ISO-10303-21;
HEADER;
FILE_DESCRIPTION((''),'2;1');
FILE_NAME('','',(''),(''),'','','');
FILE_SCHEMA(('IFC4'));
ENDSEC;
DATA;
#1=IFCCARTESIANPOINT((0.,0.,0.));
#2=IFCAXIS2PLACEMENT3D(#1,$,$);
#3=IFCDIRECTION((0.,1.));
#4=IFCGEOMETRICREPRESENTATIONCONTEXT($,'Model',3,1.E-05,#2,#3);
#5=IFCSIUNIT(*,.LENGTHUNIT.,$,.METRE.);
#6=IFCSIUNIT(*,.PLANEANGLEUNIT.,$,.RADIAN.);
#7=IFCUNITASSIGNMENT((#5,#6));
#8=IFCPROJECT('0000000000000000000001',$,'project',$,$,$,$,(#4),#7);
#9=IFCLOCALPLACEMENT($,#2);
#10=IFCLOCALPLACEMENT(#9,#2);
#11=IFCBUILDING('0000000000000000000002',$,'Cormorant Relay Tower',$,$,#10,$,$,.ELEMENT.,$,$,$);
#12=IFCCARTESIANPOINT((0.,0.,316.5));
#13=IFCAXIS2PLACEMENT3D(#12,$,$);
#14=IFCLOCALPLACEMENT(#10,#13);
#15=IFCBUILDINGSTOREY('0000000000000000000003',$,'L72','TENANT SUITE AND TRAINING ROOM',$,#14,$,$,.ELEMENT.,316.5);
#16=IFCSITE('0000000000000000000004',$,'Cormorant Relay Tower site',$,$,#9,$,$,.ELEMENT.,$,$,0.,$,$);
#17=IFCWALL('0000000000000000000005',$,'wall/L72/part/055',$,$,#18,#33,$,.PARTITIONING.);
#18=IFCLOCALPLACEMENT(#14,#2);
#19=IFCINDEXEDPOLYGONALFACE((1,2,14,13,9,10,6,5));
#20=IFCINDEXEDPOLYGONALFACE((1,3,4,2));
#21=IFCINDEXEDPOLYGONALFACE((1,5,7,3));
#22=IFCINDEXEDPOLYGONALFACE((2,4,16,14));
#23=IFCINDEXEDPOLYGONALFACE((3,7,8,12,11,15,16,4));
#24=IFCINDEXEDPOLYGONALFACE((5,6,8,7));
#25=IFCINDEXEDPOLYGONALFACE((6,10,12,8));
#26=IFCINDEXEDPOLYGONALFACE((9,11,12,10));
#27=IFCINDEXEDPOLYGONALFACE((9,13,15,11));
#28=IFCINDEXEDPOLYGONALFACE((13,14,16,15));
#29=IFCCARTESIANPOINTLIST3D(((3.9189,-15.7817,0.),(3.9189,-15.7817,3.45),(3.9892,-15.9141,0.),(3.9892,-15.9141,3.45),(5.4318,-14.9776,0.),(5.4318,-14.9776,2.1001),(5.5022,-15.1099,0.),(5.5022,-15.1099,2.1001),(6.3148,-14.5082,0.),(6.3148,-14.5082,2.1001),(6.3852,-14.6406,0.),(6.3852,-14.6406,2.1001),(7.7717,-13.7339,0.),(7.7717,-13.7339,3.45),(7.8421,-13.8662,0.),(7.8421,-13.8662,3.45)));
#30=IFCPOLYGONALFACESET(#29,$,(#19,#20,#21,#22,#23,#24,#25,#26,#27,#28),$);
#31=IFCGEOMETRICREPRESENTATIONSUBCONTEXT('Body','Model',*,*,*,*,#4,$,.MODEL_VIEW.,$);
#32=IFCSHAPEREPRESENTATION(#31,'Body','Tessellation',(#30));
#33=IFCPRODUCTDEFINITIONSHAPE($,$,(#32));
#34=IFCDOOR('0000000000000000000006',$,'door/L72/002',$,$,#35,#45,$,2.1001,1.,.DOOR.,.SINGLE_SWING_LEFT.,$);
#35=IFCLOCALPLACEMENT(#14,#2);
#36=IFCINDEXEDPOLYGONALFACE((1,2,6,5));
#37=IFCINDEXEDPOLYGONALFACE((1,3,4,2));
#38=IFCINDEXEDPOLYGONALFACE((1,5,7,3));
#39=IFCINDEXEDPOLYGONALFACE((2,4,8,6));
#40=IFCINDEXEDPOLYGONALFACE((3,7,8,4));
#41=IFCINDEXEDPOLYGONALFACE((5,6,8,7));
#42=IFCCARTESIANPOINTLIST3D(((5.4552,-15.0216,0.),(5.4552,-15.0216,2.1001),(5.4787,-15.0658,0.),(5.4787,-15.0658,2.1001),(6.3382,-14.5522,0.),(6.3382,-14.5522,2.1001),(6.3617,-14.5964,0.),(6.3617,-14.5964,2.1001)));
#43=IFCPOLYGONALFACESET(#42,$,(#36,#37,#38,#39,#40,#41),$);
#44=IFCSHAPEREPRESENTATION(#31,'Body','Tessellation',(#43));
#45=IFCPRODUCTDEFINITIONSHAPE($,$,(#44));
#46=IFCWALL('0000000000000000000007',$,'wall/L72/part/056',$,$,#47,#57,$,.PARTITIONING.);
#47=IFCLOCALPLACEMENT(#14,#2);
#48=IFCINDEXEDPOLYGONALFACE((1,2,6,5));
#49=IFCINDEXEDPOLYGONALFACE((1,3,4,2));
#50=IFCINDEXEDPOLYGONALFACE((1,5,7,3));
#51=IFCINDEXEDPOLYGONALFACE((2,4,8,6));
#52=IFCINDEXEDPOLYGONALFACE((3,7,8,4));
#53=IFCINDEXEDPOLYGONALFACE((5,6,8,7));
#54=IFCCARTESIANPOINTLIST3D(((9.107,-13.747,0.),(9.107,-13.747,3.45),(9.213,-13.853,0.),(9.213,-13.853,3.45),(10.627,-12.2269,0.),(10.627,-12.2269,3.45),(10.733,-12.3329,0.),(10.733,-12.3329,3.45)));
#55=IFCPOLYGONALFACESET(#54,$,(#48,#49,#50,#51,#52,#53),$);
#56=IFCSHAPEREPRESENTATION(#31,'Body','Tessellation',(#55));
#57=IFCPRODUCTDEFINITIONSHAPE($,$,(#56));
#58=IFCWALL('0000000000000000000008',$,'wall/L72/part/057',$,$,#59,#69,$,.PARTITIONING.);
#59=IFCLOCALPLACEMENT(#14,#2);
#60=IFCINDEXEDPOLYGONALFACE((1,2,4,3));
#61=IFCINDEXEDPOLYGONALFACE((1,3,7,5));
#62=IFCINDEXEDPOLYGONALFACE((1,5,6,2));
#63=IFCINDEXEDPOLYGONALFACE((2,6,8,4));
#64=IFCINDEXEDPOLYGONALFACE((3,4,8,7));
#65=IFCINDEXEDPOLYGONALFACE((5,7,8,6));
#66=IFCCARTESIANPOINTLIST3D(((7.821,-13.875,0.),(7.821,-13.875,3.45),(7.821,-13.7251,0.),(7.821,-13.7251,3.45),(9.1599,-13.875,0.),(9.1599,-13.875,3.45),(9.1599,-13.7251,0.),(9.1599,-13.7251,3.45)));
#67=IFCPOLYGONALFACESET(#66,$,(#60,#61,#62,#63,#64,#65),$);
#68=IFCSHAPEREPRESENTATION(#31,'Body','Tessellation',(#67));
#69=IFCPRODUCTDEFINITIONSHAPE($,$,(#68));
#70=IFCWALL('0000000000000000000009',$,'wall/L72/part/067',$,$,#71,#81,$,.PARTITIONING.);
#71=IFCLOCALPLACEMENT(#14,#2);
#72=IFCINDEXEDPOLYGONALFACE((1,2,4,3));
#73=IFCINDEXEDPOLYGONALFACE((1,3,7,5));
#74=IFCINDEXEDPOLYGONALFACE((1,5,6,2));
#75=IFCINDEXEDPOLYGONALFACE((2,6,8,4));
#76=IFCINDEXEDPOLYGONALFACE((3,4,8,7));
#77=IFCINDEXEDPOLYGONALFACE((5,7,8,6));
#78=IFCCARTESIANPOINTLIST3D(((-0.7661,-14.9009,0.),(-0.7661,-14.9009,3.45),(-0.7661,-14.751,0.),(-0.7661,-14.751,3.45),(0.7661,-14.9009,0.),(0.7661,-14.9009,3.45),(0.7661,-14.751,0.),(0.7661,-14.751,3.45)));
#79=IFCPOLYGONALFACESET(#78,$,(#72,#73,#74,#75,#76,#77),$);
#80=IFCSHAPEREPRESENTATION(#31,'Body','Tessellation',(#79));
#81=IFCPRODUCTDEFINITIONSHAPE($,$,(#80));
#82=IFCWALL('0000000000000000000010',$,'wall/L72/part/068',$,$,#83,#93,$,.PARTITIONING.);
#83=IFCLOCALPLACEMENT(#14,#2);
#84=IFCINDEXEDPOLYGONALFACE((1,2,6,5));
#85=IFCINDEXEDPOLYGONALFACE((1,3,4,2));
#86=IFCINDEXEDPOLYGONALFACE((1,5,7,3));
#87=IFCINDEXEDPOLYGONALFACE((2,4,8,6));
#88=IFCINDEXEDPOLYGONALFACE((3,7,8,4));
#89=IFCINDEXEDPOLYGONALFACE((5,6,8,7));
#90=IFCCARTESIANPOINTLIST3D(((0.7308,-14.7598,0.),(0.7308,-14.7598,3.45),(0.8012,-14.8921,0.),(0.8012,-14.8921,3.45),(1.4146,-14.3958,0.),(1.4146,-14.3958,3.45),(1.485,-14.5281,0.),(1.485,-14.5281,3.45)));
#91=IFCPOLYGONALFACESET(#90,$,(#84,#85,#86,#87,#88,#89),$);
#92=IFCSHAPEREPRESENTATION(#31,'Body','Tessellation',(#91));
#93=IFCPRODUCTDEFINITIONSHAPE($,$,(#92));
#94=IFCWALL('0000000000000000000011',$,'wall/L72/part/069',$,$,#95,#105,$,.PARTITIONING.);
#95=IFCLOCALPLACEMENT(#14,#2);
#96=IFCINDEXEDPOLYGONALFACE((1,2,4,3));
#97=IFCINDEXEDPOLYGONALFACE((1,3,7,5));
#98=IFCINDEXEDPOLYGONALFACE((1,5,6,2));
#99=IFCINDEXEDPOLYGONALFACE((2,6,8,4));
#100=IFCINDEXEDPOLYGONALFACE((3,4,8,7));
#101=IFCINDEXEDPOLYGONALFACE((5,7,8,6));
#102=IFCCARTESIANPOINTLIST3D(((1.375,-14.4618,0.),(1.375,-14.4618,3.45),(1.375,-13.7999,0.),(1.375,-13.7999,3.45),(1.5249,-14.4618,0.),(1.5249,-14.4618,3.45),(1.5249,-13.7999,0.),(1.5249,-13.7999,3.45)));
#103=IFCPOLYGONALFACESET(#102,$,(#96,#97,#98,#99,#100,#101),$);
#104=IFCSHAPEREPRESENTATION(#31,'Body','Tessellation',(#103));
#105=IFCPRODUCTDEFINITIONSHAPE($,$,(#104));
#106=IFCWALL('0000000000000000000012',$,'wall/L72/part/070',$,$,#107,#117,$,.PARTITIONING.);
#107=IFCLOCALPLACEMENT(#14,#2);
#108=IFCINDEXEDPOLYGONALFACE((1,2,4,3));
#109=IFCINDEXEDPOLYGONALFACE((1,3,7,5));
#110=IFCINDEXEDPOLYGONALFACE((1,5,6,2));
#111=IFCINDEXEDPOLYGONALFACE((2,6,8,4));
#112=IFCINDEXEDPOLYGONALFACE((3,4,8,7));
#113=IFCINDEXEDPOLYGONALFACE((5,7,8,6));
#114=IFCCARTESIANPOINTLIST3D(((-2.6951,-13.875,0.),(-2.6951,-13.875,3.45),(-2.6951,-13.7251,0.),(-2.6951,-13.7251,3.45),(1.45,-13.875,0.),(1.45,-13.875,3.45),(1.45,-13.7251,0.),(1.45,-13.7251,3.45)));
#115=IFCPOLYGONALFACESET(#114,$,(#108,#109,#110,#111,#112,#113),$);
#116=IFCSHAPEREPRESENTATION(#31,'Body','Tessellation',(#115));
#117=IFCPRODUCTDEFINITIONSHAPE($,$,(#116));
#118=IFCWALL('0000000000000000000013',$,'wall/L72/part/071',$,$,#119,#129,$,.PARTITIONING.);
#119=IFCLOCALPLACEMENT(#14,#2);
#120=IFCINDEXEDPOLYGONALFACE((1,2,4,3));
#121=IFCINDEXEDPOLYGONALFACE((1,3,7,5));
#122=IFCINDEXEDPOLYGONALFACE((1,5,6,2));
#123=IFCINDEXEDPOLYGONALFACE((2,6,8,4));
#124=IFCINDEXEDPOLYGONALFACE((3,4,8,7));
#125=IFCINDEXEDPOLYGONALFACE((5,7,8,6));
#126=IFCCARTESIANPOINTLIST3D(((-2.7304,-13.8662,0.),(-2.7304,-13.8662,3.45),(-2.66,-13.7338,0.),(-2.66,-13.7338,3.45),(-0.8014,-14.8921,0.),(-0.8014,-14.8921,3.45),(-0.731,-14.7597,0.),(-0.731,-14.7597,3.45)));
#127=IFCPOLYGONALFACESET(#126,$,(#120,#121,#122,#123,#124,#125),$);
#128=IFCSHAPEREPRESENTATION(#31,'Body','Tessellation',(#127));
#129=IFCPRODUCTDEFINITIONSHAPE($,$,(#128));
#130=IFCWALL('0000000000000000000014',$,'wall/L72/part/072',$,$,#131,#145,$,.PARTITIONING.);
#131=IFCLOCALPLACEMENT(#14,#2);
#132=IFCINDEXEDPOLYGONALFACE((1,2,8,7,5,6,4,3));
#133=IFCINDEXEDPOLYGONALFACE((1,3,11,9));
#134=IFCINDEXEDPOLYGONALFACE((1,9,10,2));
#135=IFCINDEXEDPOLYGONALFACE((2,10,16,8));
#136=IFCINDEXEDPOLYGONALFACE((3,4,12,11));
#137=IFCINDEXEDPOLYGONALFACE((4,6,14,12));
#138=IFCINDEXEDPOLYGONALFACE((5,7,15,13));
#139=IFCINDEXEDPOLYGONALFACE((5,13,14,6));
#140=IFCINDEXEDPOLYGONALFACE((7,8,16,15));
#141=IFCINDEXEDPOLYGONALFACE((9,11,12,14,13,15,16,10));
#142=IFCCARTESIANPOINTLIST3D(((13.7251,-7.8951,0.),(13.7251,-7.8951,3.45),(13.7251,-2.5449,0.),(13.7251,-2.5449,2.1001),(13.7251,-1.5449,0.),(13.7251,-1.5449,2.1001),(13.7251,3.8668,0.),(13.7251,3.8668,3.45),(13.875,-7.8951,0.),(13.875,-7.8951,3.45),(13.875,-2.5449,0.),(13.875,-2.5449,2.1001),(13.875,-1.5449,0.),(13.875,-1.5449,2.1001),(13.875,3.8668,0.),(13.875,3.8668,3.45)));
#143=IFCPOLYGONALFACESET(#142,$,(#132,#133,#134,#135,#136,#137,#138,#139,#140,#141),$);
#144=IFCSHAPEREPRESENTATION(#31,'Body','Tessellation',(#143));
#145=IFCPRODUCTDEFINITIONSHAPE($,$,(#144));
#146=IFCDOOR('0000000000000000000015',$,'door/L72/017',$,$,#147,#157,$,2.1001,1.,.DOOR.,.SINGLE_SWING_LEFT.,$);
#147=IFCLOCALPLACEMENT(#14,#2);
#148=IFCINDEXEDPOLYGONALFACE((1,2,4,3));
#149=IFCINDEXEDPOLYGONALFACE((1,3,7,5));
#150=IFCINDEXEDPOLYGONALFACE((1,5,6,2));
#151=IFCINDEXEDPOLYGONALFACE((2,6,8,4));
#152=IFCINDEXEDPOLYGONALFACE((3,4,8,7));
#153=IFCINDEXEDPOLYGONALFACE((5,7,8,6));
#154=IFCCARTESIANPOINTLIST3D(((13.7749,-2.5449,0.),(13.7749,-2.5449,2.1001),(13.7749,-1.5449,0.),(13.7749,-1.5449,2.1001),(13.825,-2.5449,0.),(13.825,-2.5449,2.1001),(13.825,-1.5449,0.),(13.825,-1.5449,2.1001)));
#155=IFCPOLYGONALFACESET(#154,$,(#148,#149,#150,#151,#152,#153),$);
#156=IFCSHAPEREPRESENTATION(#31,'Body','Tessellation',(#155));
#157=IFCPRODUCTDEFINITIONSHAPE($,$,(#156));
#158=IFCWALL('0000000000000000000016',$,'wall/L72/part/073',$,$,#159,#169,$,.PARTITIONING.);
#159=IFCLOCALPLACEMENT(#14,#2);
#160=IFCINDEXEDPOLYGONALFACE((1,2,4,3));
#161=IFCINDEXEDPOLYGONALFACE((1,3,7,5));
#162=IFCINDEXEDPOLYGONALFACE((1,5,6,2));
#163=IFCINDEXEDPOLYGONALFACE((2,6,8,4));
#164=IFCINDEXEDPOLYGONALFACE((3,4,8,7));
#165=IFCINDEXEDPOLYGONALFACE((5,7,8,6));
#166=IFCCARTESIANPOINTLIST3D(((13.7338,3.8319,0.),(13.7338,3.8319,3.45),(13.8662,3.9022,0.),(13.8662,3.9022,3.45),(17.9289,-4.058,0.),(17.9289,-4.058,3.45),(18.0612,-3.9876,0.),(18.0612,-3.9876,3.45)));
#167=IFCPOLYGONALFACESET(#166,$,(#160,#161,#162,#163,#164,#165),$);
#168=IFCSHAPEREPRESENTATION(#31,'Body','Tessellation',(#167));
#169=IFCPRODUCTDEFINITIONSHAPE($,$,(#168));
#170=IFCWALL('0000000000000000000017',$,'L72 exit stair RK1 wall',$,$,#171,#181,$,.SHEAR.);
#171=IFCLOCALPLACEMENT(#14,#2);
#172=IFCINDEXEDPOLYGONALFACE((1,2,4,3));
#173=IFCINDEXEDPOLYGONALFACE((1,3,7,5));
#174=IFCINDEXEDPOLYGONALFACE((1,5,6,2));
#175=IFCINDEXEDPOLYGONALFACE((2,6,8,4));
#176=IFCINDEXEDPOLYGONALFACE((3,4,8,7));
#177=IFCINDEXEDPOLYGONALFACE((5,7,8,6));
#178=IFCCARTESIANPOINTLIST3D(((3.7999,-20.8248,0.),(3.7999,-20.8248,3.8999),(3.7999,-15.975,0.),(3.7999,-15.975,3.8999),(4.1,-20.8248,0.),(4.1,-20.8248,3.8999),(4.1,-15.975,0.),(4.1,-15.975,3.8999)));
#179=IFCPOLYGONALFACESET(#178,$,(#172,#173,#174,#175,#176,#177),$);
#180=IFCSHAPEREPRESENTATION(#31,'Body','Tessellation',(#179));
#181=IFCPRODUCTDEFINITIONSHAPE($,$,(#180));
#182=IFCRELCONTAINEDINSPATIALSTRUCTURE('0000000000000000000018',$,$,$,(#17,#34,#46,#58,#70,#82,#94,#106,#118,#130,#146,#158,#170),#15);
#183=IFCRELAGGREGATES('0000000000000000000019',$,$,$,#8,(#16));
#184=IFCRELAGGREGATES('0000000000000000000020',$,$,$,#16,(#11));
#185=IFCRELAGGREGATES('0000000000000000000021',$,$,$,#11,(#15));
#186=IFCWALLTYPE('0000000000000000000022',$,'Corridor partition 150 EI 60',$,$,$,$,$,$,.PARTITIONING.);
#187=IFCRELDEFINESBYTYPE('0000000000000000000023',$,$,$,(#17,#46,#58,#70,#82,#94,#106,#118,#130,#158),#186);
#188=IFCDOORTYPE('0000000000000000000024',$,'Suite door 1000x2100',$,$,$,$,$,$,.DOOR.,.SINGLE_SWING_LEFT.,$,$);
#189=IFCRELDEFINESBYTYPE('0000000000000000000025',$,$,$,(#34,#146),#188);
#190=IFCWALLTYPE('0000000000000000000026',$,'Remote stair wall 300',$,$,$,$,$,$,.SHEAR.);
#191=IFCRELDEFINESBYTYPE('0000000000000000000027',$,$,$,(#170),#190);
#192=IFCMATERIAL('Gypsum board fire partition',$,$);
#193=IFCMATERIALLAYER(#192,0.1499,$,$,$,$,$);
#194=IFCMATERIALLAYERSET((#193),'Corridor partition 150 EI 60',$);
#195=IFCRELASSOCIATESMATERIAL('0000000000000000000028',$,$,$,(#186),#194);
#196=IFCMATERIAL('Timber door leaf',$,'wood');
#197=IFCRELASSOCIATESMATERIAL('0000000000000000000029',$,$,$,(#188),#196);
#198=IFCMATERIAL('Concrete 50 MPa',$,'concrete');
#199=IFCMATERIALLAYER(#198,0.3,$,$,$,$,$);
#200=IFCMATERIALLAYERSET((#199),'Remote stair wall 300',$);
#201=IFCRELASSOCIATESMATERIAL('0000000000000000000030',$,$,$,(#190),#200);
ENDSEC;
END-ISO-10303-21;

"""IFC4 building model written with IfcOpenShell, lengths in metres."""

from ifc_helpers import new_model, si_unit, direction, frame, frame_2d, origin, place, context, subcontext, project, spatial, rectangle, extrude, material, layer, layer_set, type_object, element, fill, save


model = new_model("IFC4")

# Units and contexts
model_context = context("Model", 3, precision=1e-05, world=origin(), true_north=direction((0.0, 1.0)))
body_context = subcontext(model_context, "Body", "Model", "MODEL_VIEW")
ifc_project = project(units=[si_unit("LENGTHUNIT", "METRE"), si_unit("PLANEANGLEUNIT", "RADIAN")], contexts=[model_context])

# Site, building, storey
site_placement = place(None, origin())
site = spatial("IfcSite", under=ifc_project, at=site_placement, Name="Cormorant Relay Tower site", CompositionType="ELEMENT", RefElevation=0.0)
building_placement = place(site_placement, origin())
building = spatial("IfcBuilding", under=site, at=building_placement, Name="Cormorant Relay Tower", CompositionType="ELEMENT")
storey_placement = place(building_placement, frame((0.0, 0.0, 316.5)))
storey = spatial("IfcBuildingStorey", under=building, at=storey_placement, Name="L72", Description="TENANT SUITE AND TRAINING ROOM", CompositionType="ELEMENT", Elevation=316.5)

# Wall, opening, door
ifc_material_1 = material(Name="Gypsum board fire partition")
ifc_layer_1 = layer(ifc_material_1, 0.1499)
ifc_layer_set_1 = layer_set([ifc_layer_1], Name="Corridor partition 150 EI 60")
wall_type_1 = type_object("IfcWallType", Name="Corridor partition 150 EI 60", PredefinedType="PARTITIONING", material=ifc_layer_set_1)
ifc_material_2 = material(Name="Timber door leaf", Category="wood")
door_type_1 = type_object("IfcDoorType", Name="Suite door 1000x2100", OperationType="SINGLE_SWING_LEFT", PredefinedType="DOOR", material=ifc_material_2)
wall_1_placement = place(storey_placement, frame((7.8069, -13.8, 0.0), z_axis=(0.0, 0.0, 1.0), x_axis=(-0.883015, -0.469345, 0.0)))
wall_1 = element("IfcWall", 1, at=wall_1_placement, inside=storey, type_object=wall_type_1, Name="wall/L72/part/055", PredefinedType="PARTITIONING", context=body_context, shape_type="SweptSolid", body=[
    extrude(rectangle(XDim=4.3633, YDim=0.1499, at=frame_2d((2.1816, 0.0))), origin(), (0.0, 0.0, 1.0), 3.45),
])
opening_1_placement = place(wall_1_placement, frame((1.6499, 0.0, 0.0)))
opening_1 = element("IfcOpeningElement", 2, at=opening_1_placement, cuts=wall_1, PredefinedType="OPENING", context=body_context, shape_type="SweptSolid", body=[
    extrude(rectangle(XDim=1.0, YDim=2.1001, at=frame_2d((0.5, 1.05))), frame((0.0, 0.085, 0.0), z_axis=(0.0, -1.0, 0.0), x_axis=(1.0, 0.0, 0.0)), (0.0, 0.0, 1.0), 0.1699),
])
door_1_placement = place(opening_1_placement, origin())
door_1 = element("IfcDoor", 3, at=door_1_placement, inside=storey, type_object=door_type_1, Name="door/L72/002", OperationType="SINGLE_SWING_LEFT", OverallHeight=2.1001, OverallWidth=1.0, PredefinedType="DOOR", context=body_context, shape_type="SweptSolid", body=[
    extrude(rectangle(XDim=1.0, YDim=2.1001, at=frame_2d((0.5, 1.05))), frame((0.0, 0.0249, 0.0), z_axis=(0.0, -1.0, 0.0), x_axis=(1.0, 0.0, 0.0)), (0.0, 0.0, 1.0), 0.05),
])
fill(opening_1, door_1)

# Walls
wall_2_placement = place(storey_placement, frame((10.6799, -12.28, 0.0), z_axis=(0.0, 0.0, 1.0), x_axis=(-0.707107, -0.707107, 0.0)))
element("IfcWall", 4, at=wall_2_placement, inside=storey, type_object=wall_type_1, Name="wall/L72/part/056", PredefinedType="PARTITIONING", context=body_context, shape_type="SweptSolid", body=[
    extrude(rectangle(XDim=2.1497, YDim=0.1499, at=frame_2d((1.0747, 0.0))), origin(), (0.0, 0.0, 1.0), 3.45),
])
wall_3_placement = place(storey_placement, frame((9.1599, -13.8, 0.0), z_axis=(0.0, 0.0, 1.0), x_axis=(-1.0, 0.0, 0.0)))
element("IfcWall", 5, at=wall_3_placement, inside=storey, type_object=wall_type_1, Name="wall/L72/part/057", PredefinedType="PARTITIONING", context=body_context, shape_type="SweptSolid", body=[
    extrude(rectangle(XDim=1.3389, YDim=0.1499, at=frame_2d((0.6694, 0.0))), origin(), (0.0, 0.0, 1.0), 3.45),
])
wall_4_placement = place(storey_placement, frame((-0.7661, -14.8259, 0.0), z_axis=(0.0, 0.0, 1.0), x_axis=(1.0, 0.0, 0.0)))
element("IfcWall", 6, at=wall_4_placement, inside=storey, type_object=wall_type_1, Name="wall/L72/part/067", PredefinedType="PARTITIONING", context=body_context, shape_type="SweptSolid", body=[
    extrude(rectangle(XDim=1.5322, YDim=0.1499, at=frame_2d((0.7661, 0.0))), origin(), (0.0, 0.0, 1.0), 3.45),
])
wall_5_placement = place(storey_placement, frame((0.7661, -14.8259, 0.0), z_axis=(0.0, 0.0, 1.0), x_axis=(0.882728, 0.469885, 0.0)))
element("IfcWall", 7, at=wall_5_placement, inside=storey, type_object=wall_type_1, Name="wall/L72/part/068", PredefinedType="PARTITIONING", context=body_context, shape_type="SweptSolid", body=[
    extrude(rectangle(XDim=0.7747, YDim=0.1499, at=frame_2d((0.3872, 0.0))), origin(), (0.0, 0.0, 1.0), 3.45),
])
wall_6_placement = place(storey_placement, frame((1.45, -14.4619, 0.0), z_axis=(0.0, 0.0, 1.0), x_axis=(0.0, 1.0, 0.0)))
element("IfcWall", 8, at=wall_6_placement, inside=storey, type_object=wall_type_1, Name="wall/L72/part/069", PredefinedType="PARTITIONING", context=body_context, shape_type="SweptSolid", body=[
    extrude(rectangle(XDim=0.6619, YDim=0.1499, at=frame_2d((0.3311, 0.0))), origin(), (0.0, 0.0, 1.0), 3.45),
])
wall_7_placement = place(storey_placement, frame((1.45, -13.8, 0.0), z_axis=(0.0, 0.0, 1.0), x_axis=(-1.0, 0.0, 0.0)))
element("IfcWall", 9, at=wall_7_placement, inside=storey, type_object=wall_type_1, Name="wall/L72/part/070", PredefinedType="PARTITIONING", context=body_context, shape_type="SweptSolid", body=[
    extrude(rectangle(XDim=4.145, YDim=0.1499, at=frame_2d((2.0725, 0.0))), origin(), (0.0, 0.0, 1.0), 3.45),
])
wall_8_placement = place(storey_placement, frame((-2.6951, -13.8, 0.0), z_axis=(0.0, 0.0, 1.0), x_axis=(0.882903, -0.469556, 0.0)))
element("IfcWall", 10, at=wall_8_placement, inside=storey, type_object=wall_type_1, Name="wall/L72/part/071", PredefinedType="PARTITIONING", context=body_context, shape_type="SweptSolid", body=[
    extrude(rectangle(XDim=2.1848, YDim=0.1499, at=frame_2d((1.0923, 0.0))), origin(), (0.0, 0.0, 1.0), 3.45),
])

# Wall, opening, door
wall_9_placement = place(storey_placement, frame((13.8, -7.895, 0.0), z_axis=(0.0, 0.0, 1.0), x_axis=(0.0, 1.0, 0.0)))
wall_9 = element("IfcWall", 11, at=wall_9_placement, inside=storey, type_object=wall_type_1, Name="wall/L72/part/072", PredefinedType="PARTITIONING", context=body_context, shape_type="SweptSolid", body=[
    extrude(rectangle(XDim=11.762, YDim=0.1499, at=frame_2d((5.8809, 0.0))), origin(), (0.0, 0.0, 1.0), 3.45),
])
opening_2_placement = place(wall_9_placement, frame((5.3501, 0.0, 0.0)))
opening_2 = element("IfcOpeningElement", 12, at=opening_2_placement, cuts=wall_9, PredefinedType="OPENING", context=body_context, shape_type="SweptSolid", body=[
    extrude(rectangle(XDim=1.0, YDim=2.1001, at=frame_2d((0.5, 1.05))), frame((0.0, 0.085, 0.0), z_axis=(0.0, -1.0, 0.0), x_axis=(1.0, 0.0, 0.0)), (0.0, 0.0, 1.0), 0.1699),
])
door_2_placement = place(opening_2_placement, frame((1.0, 0.0, 0.0), z_axis=(0.0, 0.0, 1.0), x_axis=(-1.0, 0.0, 0.0)))
door_2 = element("IfcDoor", 13, at=door_2_placement, inside=storey, type_object=door_type_1, Name="door/L72/017", OperationType="SINGLE_SWING_LEFT", OverallHeight=2.1001, OverallWidth=1.0, PredefinedType="DOOR", context=body_context, shape_type="SweptSolid", body=[
    extrude(rectangle(XDim=1.0, YDim=2.1001, at=frame_2d((0.5, 1.05))), frame((0.0, 0.0249, 0.0), z_axis=(0.0, -1.0, 0.0), x_axis=(1.0, 0.0, 0.0)), (0.0, 0.0, 1.0), 0.05),
])
fill(opening_2, door_2)

# Walls
wall_10_placement = place(storey_placement, frame((13.8, 3.8669, 0.0), z_axis=(0.0, 0.0, 1.0), x_axis=(0.469466, -0.88295, 0.0)))
element("IfcWall", 14, at=wall_10_placement, inside=storey, type_object=wall_type_1, Name="wall/L72/part/073", PredefinedType="PARTITIONING", context=body_context, shape_type="SweptSolid", body=[
    extrude(rectangle(XDim=8.9358, YDim=0.1499, at=frame_2d((4.4678, 0.0))), origin(), (0.0, 0.0, 1.0), 3.45),
])
ifc_material_3 = material(Name="Concrete 50 MPa", Category="concrete")
ifc_layer_2 = layer(ifc_material_3, 0.3)
ifc_layer_set_2 = layer_set([ifc_layer_2], Name="Remote stair wall 300")
wall_type_2 = type_object("IfcWallType", Name="Remote stair wall 300", PredefinedType="SHEAR", material=ifc_layer_set_2)
wall_11_placement = place(storey_placement, frame((3.95, -15.9751, 0.0), z_axis=(0.0, 0.0, 1.0), x_axis=(0.0, -1.0, 0.0)))
element("IfcWall", 15, at=wall_11_placement, inside=storey, type_object=wall_type_2, Name="L72 exit stair RK1 wall", PredefinedType="SHEAR", context=body_context, shape_type="SweptSolid", body=[
    extrude(rectangle(XDim=4.8499, YDim=0.3, at=frame_2d((2.4248, 0.0))), origin(), (0.0, 0.0, 1.0), 3.8999),
])

save(model, "model.ifc")
